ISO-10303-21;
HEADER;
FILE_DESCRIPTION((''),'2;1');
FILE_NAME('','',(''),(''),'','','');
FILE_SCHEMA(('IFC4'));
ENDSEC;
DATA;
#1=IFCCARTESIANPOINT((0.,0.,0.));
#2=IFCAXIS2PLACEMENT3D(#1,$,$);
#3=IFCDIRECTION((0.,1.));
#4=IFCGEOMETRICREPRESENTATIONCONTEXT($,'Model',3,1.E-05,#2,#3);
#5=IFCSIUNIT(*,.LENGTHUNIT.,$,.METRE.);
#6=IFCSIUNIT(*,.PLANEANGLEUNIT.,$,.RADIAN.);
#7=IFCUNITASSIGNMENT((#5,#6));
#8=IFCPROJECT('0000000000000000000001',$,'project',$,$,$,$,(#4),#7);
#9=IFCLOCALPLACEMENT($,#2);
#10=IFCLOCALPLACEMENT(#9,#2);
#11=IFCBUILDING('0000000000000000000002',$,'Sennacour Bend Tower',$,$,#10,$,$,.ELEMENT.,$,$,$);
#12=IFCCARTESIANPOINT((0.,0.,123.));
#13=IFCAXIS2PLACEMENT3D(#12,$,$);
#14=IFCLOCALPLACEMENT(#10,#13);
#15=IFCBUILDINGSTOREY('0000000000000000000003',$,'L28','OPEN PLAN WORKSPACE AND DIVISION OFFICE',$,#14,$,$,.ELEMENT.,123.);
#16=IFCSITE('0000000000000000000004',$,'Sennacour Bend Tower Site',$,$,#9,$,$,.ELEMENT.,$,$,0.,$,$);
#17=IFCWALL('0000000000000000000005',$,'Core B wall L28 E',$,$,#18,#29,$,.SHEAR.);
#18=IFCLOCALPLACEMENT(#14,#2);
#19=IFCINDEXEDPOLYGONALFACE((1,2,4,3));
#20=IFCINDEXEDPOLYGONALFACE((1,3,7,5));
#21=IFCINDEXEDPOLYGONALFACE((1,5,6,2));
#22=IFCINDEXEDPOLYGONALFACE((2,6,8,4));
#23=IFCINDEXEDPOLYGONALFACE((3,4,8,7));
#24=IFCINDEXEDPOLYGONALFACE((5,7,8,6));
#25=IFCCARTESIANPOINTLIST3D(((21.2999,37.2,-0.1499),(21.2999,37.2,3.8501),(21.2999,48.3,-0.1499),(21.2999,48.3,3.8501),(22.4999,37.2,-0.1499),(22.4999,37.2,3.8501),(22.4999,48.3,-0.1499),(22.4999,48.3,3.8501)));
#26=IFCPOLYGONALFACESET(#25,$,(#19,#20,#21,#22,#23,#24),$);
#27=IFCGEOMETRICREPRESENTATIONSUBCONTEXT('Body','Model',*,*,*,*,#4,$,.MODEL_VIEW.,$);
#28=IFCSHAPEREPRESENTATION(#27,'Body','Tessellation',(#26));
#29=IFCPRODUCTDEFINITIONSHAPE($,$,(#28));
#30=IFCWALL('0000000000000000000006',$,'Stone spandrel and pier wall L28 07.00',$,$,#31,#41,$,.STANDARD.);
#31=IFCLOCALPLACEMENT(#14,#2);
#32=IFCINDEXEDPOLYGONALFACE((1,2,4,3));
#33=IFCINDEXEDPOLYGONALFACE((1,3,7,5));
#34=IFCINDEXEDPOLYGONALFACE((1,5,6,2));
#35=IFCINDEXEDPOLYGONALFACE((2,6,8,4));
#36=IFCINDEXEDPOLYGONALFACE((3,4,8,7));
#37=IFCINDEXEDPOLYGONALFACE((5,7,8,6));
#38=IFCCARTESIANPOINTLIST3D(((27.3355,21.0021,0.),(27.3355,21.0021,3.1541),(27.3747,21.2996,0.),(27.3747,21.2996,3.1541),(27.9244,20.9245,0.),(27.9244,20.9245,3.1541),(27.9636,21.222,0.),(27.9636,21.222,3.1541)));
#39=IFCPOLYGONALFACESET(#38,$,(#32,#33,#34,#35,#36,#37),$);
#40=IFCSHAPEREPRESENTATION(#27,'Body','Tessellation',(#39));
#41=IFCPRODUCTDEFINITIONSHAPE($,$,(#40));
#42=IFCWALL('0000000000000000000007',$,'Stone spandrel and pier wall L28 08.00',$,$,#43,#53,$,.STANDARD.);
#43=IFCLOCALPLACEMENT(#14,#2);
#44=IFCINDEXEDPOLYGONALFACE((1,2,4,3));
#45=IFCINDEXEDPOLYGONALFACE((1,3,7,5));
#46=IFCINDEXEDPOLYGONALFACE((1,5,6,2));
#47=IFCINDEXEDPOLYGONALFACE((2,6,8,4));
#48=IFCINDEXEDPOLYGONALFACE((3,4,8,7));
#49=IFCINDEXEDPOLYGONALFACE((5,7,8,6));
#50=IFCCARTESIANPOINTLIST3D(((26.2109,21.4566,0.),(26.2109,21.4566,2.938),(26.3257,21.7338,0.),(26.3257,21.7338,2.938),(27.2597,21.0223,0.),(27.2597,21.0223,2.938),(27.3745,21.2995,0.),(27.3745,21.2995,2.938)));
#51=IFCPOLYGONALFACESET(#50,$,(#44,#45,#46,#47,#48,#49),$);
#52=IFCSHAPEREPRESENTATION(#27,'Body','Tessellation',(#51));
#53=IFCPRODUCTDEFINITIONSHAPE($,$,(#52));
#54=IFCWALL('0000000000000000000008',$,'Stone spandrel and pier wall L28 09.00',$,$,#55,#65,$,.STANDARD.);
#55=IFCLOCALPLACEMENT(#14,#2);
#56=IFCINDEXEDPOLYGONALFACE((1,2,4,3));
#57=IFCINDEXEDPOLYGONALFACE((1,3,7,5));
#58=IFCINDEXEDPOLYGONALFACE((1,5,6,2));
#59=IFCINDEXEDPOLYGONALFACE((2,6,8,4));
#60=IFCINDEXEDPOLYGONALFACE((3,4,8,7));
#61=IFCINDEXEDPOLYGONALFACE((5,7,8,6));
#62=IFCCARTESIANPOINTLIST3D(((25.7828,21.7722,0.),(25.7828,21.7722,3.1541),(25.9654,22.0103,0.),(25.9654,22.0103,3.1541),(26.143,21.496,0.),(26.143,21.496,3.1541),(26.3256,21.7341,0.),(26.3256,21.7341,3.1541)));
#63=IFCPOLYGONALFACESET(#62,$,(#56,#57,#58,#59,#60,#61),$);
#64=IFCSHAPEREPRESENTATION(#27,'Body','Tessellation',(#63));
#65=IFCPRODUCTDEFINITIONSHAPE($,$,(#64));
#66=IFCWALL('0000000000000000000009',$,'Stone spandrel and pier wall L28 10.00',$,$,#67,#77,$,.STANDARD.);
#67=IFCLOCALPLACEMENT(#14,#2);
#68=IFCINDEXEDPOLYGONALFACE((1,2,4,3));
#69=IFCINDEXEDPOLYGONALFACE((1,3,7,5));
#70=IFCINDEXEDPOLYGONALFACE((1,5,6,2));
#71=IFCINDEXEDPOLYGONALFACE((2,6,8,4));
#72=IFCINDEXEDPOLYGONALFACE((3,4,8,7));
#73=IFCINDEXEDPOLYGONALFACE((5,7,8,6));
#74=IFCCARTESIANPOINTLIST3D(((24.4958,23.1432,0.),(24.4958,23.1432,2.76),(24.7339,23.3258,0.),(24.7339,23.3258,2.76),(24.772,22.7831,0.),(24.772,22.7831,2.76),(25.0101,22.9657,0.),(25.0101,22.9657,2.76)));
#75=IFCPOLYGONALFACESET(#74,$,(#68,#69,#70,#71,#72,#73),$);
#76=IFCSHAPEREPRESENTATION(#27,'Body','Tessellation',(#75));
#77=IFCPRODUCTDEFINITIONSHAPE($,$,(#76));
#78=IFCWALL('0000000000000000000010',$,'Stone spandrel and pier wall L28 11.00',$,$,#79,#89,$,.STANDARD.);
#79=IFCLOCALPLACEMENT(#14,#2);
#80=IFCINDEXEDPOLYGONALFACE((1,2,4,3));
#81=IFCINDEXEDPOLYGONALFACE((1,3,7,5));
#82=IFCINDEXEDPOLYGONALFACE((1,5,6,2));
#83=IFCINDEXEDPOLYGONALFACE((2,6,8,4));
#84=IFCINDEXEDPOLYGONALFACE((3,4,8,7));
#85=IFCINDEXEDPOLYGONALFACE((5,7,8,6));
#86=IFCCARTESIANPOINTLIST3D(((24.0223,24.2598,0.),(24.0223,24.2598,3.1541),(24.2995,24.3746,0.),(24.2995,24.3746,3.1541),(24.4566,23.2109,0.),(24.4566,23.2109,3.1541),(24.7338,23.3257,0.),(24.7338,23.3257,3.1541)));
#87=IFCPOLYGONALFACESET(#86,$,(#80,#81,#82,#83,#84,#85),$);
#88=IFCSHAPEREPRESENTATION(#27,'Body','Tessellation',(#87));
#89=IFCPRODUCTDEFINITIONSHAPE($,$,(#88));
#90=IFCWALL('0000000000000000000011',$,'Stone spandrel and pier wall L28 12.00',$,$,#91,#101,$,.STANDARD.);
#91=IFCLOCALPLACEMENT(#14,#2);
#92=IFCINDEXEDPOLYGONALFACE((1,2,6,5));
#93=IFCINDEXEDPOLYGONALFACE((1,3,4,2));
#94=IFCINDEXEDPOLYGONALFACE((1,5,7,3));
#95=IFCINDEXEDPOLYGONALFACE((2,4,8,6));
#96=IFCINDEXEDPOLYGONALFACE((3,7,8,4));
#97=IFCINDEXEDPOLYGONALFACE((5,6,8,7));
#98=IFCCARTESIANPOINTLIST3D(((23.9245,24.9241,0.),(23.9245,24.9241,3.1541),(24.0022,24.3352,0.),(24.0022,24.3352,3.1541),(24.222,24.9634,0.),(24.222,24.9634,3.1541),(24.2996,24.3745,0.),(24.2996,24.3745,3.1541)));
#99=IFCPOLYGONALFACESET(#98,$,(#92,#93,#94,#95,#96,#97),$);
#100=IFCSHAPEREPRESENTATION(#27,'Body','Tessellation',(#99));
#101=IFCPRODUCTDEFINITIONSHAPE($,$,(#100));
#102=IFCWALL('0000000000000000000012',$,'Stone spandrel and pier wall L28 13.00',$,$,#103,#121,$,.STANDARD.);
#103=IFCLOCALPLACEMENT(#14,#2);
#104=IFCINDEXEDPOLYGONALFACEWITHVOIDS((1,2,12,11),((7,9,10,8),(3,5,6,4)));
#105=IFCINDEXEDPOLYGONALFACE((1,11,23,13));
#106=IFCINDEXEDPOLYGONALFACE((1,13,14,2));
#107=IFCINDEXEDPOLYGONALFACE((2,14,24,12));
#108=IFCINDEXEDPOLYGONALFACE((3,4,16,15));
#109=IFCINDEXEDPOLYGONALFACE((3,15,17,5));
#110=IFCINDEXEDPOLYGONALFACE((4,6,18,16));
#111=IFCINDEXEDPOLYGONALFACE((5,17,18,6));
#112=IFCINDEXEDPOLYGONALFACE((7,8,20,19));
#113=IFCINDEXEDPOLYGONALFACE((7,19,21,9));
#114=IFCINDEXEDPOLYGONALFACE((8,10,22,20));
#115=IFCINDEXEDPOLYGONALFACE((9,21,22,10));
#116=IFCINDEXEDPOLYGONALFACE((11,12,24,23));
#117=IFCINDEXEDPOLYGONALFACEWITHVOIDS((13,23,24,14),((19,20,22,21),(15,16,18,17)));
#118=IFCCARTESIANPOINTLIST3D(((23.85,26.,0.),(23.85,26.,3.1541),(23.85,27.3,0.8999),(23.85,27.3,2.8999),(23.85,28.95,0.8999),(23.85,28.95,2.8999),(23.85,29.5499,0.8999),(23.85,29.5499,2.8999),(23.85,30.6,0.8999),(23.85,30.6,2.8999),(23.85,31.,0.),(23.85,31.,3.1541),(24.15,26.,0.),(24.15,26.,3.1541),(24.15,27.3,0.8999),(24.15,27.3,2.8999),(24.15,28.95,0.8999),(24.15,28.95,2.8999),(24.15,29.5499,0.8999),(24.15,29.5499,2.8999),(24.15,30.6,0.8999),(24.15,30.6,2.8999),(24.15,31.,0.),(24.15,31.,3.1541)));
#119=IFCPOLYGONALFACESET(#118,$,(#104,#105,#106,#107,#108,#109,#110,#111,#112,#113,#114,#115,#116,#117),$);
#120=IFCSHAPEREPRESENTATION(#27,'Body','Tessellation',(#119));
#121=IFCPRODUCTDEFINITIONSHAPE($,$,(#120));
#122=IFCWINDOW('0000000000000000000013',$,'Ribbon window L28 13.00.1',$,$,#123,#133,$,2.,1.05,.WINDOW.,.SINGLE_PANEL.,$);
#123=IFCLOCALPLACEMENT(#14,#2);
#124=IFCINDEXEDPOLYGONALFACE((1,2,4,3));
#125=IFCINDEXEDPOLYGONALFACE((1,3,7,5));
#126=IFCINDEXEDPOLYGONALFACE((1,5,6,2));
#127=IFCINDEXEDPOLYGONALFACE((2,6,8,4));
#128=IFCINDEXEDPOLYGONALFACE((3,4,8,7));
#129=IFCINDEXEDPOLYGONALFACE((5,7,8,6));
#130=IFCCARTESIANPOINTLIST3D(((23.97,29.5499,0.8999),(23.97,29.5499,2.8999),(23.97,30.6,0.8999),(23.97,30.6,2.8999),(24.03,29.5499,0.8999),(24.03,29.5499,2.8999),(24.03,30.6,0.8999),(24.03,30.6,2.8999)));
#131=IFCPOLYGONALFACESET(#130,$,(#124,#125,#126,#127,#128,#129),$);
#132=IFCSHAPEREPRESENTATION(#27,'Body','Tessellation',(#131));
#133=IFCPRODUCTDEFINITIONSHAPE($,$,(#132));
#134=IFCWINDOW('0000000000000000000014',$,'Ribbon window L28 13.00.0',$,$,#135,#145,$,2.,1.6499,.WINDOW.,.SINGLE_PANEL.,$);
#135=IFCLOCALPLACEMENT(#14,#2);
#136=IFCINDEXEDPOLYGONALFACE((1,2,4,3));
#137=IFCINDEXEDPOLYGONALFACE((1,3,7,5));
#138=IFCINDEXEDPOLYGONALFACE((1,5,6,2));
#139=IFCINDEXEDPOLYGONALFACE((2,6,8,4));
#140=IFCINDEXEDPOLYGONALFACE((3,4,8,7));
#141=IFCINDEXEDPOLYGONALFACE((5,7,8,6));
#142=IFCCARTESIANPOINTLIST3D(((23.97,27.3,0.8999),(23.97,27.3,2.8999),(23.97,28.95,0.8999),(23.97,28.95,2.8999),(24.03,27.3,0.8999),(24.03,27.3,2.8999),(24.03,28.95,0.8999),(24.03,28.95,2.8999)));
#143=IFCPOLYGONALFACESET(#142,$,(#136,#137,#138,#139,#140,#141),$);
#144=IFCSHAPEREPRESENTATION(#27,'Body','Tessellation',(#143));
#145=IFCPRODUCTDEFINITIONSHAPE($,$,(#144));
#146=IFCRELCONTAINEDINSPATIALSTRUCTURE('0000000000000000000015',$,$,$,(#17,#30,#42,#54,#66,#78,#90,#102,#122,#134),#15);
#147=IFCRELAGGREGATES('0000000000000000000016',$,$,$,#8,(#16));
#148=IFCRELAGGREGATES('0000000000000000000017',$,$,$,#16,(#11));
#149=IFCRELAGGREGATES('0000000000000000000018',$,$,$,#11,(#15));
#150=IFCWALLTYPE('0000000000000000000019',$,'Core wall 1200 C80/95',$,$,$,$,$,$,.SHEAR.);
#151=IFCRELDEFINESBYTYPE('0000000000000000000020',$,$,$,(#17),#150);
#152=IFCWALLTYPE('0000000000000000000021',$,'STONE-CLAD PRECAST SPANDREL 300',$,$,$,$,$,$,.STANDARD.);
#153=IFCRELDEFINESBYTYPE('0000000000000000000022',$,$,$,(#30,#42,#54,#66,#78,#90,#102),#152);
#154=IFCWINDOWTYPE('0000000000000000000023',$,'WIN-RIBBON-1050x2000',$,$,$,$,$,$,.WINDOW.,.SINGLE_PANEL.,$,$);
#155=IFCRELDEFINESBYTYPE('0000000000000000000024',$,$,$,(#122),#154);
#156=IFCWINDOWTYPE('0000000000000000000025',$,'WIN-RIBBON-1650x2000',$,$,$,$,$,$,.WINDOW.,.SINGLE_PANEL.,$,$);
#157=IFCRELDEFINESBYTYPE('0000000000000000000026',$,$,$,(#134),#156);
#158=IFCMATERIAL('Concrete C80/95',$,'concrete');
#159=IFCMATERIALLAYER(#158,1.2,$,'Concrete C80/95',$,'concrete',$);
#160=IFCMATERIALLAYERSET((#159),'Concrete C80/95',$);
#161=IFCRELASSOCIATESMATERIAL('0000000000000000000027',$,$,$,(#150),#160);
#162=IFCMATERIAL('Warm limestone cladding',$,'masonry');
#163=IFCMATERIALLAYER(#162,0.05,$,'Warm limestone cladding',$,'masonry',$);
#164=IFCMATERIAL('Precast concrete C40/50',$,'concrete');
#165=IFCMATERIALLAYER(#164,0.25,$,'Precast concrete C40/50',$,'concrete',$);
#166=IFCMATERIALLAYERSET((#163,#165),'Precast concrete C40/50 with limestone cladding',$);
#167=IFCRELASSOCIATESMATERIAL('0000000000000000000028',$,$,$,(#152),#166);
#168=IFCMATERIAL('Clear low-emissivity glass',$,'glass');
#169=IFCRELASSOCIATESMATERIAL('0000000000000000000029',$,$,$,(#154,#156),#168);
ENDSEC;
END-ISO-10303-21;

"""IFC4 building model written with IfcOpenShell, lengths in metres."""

from ifc_helpers import new_model, si_unit, direction, frame, frame_2d, origin, place, context, subcontext, project, spatial, rectangle, extrude, material, layer, layer_set, type_object, element, fill, save


model = new_model("IFC4")

# Units and contexts
model_context = context("Model", 3, precision=1e-05, world=origin(), true_north=direction((0.0, 1.0)))
body_context = subcontext(model_context, "Body", "Model", "MODEL_VIEW")
ifc_project = project(units=[si_unit("LENGTHUNIT", "METRE"), si_unit("PLANEANGLEUNIT", "RADIAN")], contexts=[model_context])

# Site, building, storey
site_placement = place(None, origin())
site = spatial("IfcSite", under=ifc_project, at=site_placement, Name="Sennacour Bend Tower Site", CompositionType="ELEMENT", RefElevation=0.0)
building_placement = place(site_placement, origin())
building = spatial("IfcBuilding", under=site, at=building_placement, Name="Sennacour Bend Tower", CompositionType="ELEMENT")
storey_placement = place(building_placement, frame((0.0, 0.0, 123.0)))
storey = spatial("IfcBuildingStorey", under=building, at=storey_placement, Name="L28", Description="OPEN PLAN WORKSPACE AND DIVISION OFFICE", CompositionType="ELEMENT", Elevation=123.0)

# Walls
ifc_material_1 = material(Name="Concrete C80/95", Category="concrete")
ifc_layer_1 = layer(ifc_material_1, 1.2, Name="Concrete C80/95", Category="concrete")
ifc_layer_set_1 = layer_set([ifc_layer_1], Name="Concrete C80/95")
wall_type_1 = type_object("IfcWallType", Name="Core wall 1200 C80/95", PredefinedType="SHEAR", material=ifc_layer_set_1)
wall_1_placement = place(storey_placement, frame((21.8999, 37.2, -0.1499), z_axis=(0.0, 0.0, 1.0), x_axis=(0.0, 1.0, 0.0)))
element("IfcWall", 1, at=wall_1_placement, inside=storey, type_object=wall_type_1, Name="Core B wall L28 E", PredefinedType="SHEAR", context=body_context, shape_type="SweptSolid", body=[
    extrude(rectangle(XDim=11.1001, YDim=1.2, at=frame_2d((5.55, 0.0))), origin(), (0.0, 0.0, 1.0), 4.0),
])
ifc_material_2 = material(Name="Warm limestone cladding", Category="masonry")
ifc_layer_2 = layer(ifc_material_2, 0.05, Name="Warm limestone cladding", Category="masonry")
ifc_material_3 = material(Name="Precast concrete C40/50", Category="concrete")
ifc_layer_3 = layer(ifc_material_3, 0.25, Name="Precast concrete C40/50", Category="concrete")
ifc_layer_set_2 = layer_set([ifc_layer_2, ifc_layer_3], Name="Precast concrete C40/50 with limestone cladding")
wall_type_2 = type_object("IfcWallType", Name="STONE-CLAD PRECAST SPANDREL 300", PredefinedType="STANDARD", material=ifc_layer_set_2)
wall_2_placement = place(storey_placement, frame((27.9438, 21.0732, 0.0), z_axis=(0.0, 0.0, 1.0), x_axis=(-0.991421, 0.13071, 0.0)))
element("IfcWall", 2, at=wall_2_placement, inside=storey, type_object=wall_type_2, Name="Stone spandrel and pier wall L28 07.00", PredefinedType="STANDARD", context=body_context, shape_type="SweptSolid", body=[
    extrude(rectangle(XDim=0.594, YDim=0.3, at=frame_2d((0.2969, 0.0))), origin(), (0.0, 0.0, 1.0), 3.1541),
])
wall_3_placement = place(storey_placement, frame((27.3171, 21.1609, 0.0), z_axis=(0.0, 0.0, 1.0), x_axis=(-0.923915, 0.382599, 0.0)))
element("IfcWall", 3, at=wall_3_placement, inside=storey, type_object=wall_type_2, Name="Stone spandrel and pier wall L28 08.00", PredefinedType="STANDARD", context=body_context, shape_type="SweptSolid", body=[
    extrude(rectangle(XDim=1.1353, YDim=0.3, at=frame_2d((0.5676, 0.0))), origin(), (0.0, 0.0, 1.0), 2.938),
])
wall_4_placement = place(storey_placement, frame((26.2344, 21.615, 0.0), z_axis=(0.0, 0.0, 1.0), x_axis=(-0.793563, 0.608488, 0.0)))
element("IfcWall", 4, at=wall_4_placement, inside=storey, type_object=wall_type_2, Name="Stone spandrel and pier wall L28 09.00", PredefinedType="STANDARD", context=body_context, shape_type="SweptSolid", body=[
    extrude(rectangle(XDim=0.4539, YDim=0.3, at=frame_2d((0.2271, 0.0))), origin(), (0.0, 0.0, 1.0), 3.1541),
])
wall_5_placement = place(storey_placement, frame((24.8911, 22.8743, 0.0), z_axis=(0.0, 0.0, 1.0), x_axis=(-0.608488, 0.793563, 0.0)))
element("IfcWall", 5, at=wall_5_placement, inside=storey, type_object=wall_type_2, Name="Stone spandrel and pier wall L28 10.00", PredefinedType="STANDARD", context=body_context, shape_type="SweptSolid", body=[
    extrude(rectangle(XDim=0.4539, YDim=0.3, at=frame_2d((0.2271, 0.0))), origin(), (0.0, 0.0, 1.0), 2.76),
])
wall_6_placement = place(storey_placement, frame((24.5952, 23.2683, 0.0), z_axis=(0.0, 0.0, 1.0), x_axis=(-0.382599, 0.923915, 0.0)))
element("IfcWall", 6, at=wall_6_placement, inside=storey, type_object=wall_type_2, Name="Stone spandrel and pier wall L28 11.00", PredefinedType="STANDARD", context=body_context, shape_type="SweptSolid", body=[
    extrude(rectangle(XDim=1.1353, YDim=0.3, at=frame_2d((0.5676, 0.0))), origin(), (0.0, 0.0, 1.0), 3.1541),
])
wall_7_placement = place(storey_placement, frame((24.1509, 24.355, 0.0), z_axis=(0.0, 0.0, 1.0), x_axis=(-0.13071, 0.991421, 0.0)))
element("IfcWall", 7, at=wall_7_placement, inside=storey, type_object=wall_type_2, Name="Stone spandrel and pier wall L28 12.00", PredefinedType="STANDARD", context=body_context, shape_type="SweptSolid", body=[
    extrude(rectangle(XDim=0.594, YDim=0.3, at=frame_2d((0.2969, 0.0))), origin(), (0.0, 0.0, 1.0), 3.1541),
])

# Wall, openings, windows
wall_8_placement = place(storey_placement, frame((24.0, 26.0, 0.0), z_axis=(0.0, 0.0, 1.0), x_axis=(0.0, 1.0, 0.0)))
wall_8 = element("IfcWall", 8, at=wall_8_placement, inside=storey, type_object=wall_type_2, Name="Stone spandrel and pier wall L28 13.00", PredefinedType="STANDARD", context=body_context, shape_type="SweptSolid", body=[
    extrude(rectangle(XDim=5.0, YDim=0.3, at=frame_2d((2.5, 0.0))), origin(), (0.0, 0.0, 1.0), 3.1541),
])
opening_1_placement = place(wall_8_placement, frame((1.3, 0.0, 0.8999)))
opening_1 = element("IfcOpeningElement", 9, at=opening_1_placement, cuts=wall_8, PredefinedType="OPENING", context=body_context, shape_type="SweptSolid", body=[
    extrude(rectangle(XDim=1.6499, YDim=2.0, at=frame_2d((0.825, 1.0))), frame((0.0, 0.1602, 0.0), z_axis=(0.0, -1.0, 0.0), x_axis=(1.0, 0.0, 0.0)), (0.0, 0.0, 1.0), 0.3201),
])
opening_2_placement = place(wall_8_placement, frame((3.55, 0.0, 0.8999)))
opening_2 = element("IfcOpeningElement", 10, at=opening_2_placement, cuts=wall_8, PredefinedType="OPENING", context=body_context, shape_type="SweptSolid", body=[
    extrude(rectangle(XDim=1.05, YDim=2.0, at=frame_2d((0.5249, 1.0))), frame((0.0, 0.1602, 0.0), z_axis=(0.0, -1.0, 0.0), x_axis=(1.0, 0.0, 0.0)), (0.0, 0.0, 1.0), 0.3201),
])
ifc_material_4 = material(Name="Clear low-emissivity glass", Category="glass")
window_type_1 = type_object("IfcWindowType", Name="WIN-RIBBON-1050x2000", PartitioningType="SINGLE_PANEL", PredefinedType="WINDOW", material=ifc_material_4)
window_1_placement = place(opening_2_placement, origin())
window_1 = element("IfcWindow", 11, at=window_1_placement, inside=storey, type_object=window_type_1, Name="Ribbon window L28 13.00.1", OverallHeight=2.0, OverallWidth=1.05, PartitioningType="SINGLE_PANEL", PredefinedType="WINDOW", context=body_context, shape_type="SweptSolid", body=[
    extrude(rectangle(XDim=1.05, YDim=2.0, at=frame_2d((0.5249, 1.0))), frame((0.0, 0.03, 0.0), z_axis=(0.0, -1.0, 0.0), x_axis=(1.0, 0.0, 0.0)), (0.0, 0.0, 1.0), 0.0601),
])
fill(opening_2, window_1)
window_type_2 = type_object("IfcWindowType", Name="WIN-RIBBON-1650x2000", PartitioningType="SINGLE_PANEL", PredefinedType="WINDOW", material=ifc_material_4)
window_2_placement = place(opening_1_placement, origin())
window_2 = element("IfcWindow", 12, at=window_2_placement, inside=storey, type_object=window_type_2, Name="Ribbon window L28 13.00.0", OverallHeight=2.0, OverallWidth=1.6499, PartitioningType="SINGLE_PANEL", PredefinedType="WINDOW", context=body_context, shape_type="SweptSolid", body=[
    extrude(rectangle(XDim=1.6499, YDim=2.0, at=frame_2d((0.825, 1.0))), frame((0.0, 0.03, 0.0), z_axis=(0.0, -1.0, 0.0), x_axis=(1.0, 0.0, 0.0)), (0.0, 0.0, 1.0), 0.0601),
])
fill(opening_1, window_2)

save(model, "model.ifc")
